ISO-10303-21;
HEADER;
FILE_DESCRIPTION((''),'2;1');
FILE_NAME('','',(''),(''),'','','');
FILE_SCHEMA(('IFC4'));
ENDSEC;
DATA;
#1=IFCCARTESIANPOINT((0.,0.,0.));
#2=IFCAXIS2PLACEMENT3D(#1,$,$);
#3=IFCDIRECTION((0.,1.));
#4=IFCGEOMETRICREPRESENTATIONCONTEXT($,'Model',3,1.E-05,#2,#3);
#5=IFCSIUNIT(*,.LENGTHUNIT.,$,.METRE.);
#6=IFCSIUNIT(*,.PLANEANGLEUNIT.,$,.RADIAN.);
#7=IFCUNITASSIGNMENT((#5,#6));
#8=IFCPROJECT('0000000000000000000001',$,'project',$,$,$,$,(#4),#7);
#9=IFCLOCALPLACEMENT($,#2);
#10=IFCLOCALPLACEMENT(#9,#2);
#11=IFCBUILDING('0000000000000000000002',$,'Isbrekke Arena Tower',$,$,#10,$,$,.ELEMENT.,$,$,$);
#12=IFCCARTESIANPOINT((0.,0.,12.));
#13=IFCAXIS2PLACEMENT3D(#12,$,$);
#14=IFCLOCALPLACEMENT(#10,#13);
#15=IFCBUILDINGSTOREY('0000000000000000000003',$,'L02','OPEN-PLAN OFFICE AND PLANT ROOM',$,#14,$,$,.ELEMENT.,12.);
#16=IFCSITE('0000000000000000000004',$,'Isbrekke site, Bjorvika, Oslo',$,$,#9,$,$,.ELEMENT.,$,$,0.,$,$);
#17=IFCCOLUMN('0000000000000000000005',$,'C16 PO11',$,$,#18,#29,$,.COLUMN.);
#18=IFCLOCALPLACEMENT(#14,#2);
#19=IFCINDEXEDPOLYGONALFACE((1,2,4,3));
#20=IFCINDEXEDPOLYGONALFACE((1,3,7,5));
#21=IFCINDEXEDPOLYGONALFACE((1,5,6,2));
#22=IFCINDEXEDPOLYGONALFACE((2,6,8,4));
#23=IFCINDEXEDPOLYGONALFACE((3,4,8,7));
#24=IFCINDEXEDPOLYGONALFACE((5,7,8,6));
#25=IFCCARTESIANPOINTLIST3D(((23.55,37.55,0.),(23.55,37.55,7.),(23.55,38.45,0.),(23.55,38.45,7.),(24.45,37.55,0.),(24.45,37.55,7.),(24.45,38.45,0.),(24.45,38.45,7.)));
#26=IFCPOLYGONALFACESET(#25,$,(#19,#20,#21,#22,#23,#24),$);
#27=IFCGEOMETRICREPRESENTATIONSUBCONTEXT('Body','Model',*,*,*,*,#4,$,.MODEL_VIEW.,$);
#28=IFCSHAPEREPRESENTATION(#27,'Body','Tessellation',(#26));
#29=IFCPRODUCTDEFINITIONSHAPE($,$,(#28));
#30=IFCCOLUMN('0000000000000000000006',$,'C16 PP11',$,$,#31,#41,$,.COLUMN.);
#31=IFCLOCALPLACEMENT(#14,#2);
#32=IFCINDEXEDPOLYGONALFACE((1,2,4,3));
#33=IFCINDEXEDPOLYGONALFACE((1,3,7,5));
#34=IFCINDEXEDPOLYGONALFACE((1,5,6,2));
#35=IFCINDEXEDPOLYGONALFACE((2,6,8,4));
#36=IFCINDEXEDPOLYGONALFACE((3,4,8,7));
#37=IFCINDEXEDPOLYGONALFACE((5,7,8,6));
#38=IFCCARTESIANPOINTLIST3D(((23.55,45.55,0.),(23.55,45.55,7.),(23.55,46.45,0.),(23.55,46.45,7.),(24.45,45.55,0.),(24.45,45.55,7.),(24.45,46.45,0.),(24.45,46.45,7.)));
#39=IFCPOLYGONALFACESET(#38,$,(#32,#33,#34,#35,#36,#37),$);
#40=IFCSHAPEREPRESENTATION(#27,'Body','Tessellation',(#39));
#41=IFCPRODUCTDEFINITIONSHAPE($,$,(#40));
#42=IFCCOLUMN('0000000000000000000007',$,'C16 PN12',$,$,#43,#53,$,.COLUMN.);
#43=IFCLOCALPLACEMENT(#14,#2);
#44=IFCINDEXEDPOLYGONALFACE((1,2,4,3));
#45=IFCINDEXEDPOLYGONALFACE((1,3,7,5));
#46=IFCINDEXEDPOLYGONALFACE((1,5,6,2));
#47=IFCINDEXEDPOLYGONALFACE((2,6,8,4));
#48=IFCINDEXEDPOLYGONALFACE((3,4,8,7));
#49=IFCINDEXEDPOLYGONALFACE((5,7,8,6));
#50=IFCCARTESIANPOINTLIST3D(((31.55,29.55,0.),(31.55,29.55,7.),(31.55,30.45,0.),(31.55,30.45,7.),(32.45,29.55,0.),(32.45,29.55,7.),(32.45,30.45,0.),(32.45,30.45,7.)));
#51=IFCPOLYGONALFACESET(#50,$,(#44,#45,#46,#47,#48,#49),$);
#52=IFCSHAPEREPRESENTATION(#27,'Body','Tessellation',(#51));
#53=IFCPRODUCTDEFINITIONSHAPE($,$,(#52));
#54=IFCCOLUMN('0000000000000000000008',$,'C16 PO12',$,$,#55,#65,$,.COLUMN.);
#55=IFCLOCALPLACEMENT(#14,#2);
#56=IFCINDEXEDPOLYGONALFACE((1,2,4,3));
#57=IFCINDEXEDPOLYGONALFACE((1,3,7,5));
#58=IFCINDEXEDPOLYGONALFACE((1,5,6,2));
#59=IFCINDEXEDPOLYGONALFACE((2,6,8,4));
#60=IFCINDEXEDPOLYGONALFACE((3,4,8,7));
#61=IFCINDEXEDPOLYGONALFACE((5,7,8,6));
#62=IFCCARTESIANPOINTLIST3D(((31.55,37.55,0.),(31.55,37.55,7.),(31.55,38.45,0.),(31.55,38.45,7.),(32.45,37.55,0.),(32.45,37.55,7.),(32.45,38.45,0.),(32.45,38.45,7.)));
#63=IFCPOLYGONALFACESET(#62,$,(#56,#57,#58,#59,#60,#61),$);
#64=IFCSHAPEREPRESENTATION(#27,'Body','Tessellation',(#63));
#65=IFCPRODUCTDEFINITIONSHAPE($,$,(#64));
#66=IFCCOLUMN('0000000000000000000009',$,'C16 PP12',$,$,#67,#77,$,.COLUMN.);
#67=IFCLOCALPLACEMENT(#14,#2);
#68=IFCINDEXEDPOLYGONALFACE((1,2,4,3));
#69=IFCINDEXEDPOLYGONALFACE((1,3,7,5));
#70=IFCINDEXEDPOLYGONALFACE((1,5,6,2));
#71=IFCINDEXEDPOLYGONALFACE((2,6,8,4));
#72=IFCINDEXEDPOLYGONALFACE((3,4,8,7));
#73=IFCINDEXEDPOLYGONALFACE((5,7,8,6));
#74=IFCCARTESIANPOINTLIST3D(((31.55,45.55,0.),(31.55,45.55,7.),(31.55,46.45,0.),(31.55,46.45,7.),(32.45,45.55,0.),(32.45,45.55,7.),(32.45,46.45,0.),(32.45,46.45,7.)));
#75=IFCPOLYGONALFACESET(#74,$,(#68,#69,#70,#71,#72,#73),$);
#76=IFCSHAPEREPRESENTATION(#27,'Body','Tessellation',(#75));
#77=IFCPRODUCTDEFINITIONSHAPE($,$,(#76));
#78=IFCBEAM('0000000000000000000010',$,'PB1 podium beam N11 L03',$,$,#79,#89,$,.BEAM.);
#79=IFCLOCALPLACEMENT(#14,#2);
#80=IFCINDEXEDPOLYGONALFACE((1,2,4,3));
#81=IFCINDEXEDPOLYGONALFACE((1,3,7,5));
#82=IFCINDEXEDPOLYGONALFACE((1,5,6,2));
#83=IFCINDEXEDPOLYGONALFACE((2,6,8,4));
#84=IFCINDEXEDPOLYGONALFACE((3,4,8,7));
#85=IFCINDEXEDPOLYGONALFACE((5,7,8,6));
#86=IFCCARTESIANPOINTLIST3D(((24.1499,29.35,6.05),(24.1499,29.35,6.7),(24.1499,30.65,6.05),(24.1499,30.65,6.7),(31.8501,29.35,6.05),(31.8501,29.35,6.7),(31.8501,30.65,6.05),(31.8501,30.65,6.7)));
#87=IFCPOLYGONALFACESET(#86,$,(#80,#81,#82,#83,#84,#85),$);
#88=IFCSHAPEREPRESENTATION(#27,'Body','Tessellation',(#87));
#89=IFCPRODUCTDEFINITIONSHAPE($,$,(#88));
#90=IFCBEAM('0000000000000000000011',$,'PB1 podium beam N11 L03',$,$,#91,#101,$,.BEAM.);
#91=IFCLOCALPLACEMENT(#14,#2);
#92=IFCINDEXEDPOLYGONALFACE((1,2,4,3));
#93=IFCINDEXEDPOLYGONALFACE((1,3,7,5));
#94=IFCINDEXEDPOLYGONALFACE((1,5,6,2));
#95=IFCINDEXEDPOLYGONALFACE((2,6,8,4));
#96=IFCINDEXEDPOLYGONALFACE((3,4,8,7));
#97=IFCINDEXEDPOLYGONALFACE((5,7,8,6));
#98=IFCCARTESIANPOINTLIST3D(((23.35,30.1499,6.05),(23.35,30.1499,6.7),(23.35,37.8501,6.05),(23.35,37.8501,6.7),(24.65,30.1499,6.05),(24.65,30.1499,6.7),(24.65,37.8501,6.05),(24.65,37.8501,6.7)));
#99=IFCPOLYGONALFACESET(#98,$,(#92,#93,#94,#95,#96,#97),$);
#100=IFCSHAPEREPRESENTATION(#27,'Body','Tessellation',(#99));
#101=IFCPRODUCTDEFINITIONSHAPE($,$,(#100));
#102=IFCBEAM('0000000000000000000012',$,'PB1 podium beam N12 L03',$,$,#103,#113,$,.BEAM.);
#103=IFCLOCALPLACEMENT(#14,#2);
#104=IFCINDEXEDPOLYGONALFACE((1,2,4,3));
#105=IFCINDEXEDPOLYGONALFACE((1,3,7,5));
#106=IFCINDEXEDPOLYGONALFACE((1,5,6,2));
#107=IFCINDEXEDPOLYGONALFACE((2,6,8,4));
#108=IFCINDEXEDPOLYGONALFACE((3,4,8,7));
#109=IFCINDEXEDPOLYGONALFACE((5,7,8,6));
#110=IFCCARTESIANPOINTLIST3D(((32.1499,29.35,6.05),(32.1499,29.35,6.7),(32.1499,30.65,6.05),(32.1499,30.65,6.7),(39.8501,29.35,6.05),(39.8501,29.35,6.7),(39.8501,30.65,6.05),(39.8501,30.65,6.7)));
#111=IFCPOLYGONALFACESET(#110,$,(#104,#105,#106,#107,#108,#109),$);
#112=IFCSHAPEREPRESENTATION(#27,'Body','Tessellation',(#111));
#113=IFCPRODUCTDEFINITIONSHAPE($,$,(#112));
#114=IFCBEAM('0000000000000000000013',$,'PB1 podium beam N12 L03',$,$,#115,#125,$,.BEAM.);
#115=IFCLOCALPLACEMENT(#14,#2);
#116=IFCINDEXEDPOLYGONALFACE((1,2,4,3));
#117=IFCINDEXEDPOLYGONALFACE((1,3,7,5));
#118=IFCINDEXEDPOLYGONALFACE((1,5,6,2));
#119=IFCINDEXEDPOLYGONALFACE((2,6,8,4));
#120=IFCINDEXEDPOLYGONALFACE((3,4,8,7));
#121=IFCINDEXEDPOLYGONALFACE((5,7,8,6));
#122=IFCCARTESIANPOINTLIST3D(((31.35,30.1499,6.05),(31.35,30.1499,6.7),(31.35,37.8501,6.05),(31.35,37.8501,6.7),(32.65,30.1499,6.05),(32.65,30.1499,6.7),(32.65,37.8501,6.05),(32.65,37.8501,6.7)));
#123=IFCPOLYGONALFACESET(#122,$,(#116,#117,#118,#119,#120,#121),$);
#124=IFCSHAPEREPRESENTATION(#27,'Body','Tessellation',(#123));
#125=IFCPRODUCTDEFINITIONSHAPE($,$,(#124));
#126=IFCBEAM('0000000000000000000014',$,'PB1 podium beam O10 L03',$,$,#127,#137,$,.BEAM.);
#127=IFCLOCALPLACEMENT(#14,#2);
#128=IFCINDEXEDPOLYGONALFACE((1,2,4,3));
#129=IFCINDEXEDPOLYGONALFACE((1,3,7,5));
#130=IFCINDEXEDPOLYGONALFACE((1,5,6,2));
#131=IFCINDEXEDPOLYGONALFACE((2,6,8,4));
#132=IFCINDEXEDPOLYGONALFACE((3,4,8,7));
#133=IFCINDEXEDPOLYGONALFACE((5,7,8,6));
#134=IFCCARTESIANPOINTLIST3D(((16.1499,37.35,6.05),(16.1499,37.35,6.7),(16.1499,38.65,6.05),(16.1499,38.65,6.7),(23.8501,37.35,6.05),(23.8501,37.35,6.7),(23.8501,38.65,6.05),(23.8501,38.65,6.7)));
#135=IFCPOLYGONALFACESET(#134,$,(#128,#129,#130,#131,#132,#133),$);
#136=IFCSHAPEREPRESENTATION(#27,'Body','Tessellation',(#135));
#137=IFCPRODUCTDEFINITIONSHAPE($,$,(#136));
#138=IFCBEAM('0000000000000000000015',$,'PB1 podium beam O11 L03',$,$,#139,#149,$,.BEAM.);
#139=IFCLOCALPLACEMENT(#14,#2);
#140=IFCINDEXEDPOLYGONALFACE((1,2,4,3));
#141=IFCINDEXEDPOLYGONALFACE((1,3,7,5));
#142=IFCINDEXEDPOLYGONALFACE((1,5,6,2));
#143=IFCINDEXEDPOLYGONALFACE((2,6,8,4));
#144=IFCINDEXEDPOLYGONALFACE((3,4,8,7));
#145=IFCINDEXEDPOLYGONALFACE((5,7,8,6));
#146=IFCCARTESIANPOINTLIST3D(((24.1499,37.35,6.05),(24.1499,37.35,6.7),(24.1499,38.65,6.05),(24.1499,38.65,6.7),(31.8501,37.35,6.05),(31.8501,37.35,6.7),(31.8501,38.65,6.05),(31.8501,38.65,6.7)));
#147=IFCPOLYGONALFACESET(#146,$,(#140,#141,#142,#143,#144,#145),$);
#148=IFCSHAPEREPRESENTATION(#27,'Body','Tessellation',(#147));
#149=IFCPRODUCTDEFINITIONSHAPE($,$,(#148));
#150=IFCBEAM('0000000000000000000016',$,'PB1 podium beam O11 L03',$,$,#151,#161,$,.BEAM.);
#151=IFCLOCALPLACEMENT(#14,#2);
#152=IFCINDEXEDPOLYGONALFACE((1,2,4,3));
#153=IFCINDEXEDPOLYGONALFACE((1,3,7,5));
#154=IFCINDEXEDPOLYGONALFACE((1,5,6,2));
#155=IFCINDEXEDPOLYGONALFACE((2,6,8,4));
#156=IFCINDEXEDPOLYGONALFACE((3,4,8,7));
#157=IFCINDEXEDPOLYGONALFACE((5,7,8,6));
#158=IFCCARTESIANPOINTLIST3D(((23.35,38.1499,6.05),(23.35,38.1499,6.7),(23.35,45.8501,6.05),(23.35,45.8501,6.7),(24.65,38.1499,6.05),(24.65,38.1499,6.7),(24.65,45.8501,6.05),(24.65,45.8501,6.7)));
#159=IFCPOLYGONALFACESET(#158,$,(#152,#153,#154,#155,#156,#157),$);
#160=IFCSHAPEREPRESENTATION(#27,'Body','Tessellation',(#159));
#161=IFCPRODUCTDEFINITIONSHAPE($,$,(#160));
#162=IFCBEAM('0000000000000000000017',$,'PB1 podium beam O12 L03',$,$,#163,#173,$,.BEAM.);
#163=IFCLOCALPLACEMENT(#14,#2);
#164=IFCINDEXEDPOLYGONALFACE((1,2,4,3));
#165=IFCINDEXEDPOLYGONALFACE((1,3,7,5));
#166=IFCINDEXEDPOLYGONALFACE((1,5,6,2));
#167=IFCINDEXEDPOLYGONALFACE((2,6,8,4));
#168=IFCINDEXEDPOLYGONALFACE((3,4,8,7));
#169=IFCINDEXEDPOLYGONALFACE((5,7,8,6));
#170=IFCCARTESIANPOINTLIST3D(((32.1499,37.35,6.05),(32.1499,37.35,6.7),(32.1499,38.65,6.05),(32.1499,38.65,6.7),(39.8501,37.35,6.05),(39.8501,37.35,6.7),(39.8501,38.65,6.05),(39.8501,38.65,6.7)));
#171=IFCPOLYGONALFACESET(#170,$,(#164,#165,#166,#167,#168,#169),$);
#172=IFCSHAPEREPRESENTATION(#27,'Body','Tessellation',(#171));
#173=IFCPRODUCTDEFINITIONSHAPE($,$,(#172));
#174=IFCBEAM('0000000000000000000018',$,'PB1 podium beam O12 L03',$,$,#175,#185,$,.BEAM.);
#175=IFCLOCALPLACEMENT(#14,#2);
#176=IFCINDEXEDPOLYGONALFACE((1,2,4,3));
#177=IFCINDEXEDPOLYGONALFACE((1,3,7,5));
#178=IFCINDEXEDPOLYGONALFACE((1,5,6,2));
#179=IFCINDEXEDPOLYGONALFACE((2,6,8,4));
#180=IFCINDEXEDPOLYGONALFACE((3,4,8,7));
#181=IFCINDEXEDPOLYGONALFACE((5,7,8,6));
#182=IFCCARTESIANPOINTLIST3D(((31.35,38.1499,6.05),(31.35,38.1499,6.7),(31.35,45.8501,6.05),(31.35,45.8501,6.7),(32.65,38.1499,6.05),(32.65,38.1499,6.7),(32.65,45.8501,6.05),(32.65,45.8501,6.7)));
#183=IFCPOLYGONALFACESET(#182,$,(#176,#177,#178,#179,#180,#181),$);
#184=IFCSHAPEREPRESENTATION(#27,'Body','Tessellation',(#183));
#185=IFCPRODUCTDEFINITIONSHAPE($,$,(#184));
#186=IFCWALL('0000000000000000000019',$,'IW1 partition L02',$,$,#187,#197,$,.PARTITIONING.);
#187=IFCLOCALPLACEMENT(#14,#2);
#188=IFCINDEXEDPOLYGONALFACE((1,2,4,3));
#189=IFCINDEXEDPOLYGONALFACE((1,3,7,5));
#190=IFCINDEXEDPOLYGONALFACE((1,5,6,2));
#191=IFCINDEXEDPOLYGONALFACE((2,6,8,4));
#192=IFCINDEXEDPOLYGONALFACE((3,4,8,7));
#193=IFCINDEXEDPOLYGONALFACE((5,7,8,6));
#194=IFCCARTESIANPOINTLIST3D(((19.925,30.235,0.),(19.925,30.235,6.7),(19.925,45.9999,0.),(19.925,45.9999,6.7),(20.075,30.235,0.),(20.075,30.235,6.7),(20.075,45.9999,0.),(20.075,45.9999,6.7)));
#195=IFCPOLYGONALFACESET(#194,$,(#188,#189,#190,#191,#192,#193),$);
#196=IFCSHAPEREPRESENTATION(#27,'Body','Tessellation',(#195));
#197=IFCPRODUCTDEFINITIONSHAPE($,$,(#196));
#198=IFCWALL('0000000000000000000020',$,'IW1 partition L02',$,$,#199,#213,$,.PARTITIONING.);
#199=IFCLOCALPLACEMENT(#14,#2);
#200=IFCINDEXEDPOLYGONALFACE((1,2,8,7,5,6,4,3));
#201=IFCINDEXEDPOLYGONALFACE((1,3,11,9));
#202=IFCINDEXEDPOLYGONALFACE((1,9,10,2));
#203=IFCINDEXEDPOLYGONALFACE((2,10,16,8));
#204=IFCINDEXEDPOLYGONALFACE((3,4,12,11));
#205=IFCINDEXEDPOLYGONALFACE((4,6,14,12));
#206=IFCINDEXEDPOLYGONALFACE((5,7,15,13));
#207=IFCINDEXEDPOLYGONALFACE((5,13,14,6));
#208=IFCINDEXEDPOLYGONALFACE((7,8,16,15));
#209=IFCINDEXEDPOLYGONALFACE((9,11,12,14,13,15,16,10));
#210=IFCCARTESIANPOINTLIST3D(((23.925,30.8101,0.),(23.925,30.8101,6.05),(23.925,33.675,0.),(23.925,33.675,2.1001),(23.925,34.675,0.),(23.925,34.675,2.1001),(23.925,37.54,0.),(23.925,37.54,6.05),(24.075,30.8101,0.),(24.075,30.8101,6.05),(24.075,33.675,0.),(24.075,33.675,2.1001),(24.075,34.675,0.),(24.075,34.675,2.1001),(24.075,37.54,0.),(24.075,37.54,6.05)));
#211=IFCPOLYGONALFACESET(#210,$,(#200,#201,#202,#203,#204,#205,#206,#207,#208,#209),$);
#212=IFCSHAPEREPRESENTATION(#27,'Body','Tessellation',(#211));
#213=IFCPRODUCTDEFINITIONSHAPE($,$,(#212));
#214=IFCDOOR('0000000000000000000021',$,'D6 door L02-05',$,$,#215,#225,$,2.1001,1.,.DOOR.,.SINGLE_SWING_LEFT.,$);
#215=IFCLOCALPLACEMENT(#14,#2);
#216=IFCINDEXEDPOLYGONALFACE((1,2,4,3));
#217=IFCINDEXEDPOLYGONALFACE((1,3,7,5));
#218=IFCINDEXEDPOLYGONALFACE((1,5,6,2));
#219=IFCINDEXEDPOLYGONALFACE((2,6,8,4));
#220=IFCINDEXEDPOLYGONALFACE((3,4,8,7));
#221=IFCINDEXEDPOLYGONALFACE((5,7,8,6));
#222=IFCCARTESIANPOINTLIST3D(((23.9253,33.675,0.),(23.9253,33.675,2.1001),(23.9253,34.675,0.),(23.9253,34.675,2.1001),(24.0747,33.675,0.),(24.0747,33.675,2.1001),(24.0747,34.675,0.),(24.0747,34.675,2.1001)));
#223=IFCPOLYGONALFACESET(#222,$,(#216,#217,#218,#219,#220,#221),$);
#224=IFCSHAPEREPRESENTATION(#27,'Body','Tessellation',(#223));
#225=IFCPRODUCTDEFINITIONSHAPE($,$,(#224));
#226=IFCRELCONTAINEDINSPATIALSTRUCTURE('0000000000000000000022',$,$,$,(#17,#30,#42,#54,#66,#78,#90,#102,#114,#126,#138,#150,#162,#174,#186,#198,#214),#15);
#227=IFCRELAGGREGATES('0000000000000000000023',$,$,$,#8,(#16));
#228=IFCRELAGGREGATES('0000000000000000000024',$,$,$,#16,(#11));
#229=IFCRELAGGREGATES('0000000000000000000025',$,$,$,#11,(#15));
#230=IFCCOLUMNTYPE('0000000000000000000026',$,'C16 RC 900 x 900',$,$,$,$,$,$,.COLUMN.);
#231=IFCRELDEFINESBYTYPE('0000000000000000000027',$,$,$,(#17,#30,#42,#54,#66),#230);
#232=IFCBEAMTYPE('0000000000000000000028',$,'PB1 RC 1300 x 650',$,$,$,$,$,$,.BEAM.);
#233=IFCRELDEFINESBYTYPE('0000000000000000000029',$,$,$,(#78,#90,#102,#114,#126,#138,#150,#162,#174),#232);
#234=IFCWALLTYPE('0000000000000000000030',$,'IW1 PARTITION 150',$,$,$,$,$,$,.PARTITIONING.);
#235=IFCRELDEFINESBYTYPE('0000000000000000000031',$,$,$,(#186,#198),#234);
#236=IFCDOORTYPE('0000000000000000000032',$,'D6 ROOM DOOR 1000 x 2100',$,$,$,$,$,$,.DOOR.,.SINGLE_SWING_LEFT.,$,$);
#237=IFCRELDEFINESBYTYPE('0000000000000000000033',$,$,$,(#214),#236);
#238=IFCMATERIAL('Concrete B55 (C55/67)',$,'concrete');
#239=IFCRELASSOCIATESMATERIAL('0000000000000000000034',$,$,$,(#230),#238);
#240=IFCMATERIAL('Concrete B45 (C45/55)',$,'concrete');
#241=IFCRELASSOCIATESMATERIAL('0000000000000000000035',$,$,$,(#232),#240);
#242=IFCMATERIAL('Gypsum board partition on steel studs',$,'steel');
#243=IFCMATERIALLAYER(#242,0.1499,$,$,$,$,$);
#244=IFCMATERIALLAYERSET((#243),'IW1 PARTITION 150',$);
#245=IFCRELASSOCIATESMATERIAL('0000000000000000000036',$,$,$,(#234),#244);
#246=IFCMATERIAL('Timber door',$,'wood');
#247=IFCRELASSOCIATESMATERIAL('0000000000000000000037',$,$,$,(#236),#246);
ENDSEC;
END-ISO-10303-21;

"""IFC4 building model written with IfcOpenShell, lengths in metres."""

from ifc_helpers import new_model, si_unit, direction, frame, frame_2d, origin, origin_2d, place, context, subcontext, project, spatial, rectangle, extrude, material, layer, layer_set, material_profile, profile_set, type_object, element, fill, save


model = new_model("IFC4")

# Units and contexts
model_context = context("Model", 3, precision=1e-05, world=origin(), true_north=direction((0.0, 1.0)))
body_context = subcontext(model_context, "Body", "Model", "MODEL_VIEW")
ifc_project = project(units=[si_unit("LENGTHUNIT", "METRE"), si_unit("PLANEANGLEUNIT", "RADIAN")], contexts=[model_context])

# Site, building, storey
site_placement = place(None, origin())
site = spatial("IfcSite", under=ifc_project, at=site_placement, Name="Isbrekke site, Bjorvika, Oslo", CompositionType="ELEMENT", RefElevation=0.0)
building_placement = place(site_placement, origin())
building = spatial("IfcBuilding", under=site, at=building_placement, Name="Isbrekke Arena Tower", CompositionType="ELEMENT")
storey_placement = place(building_placement, frame((0.0, 0.0, 12.0)))
storey = spatial("IfcBuildingStorey", under=building, at=storey_placement, Name="L02", Description="OPEN-PLAN OFFICE AND PLANT ROOM", CompositionType="ELEMENT", Elevation=12.0)

# Columns
ifc_material_1 = material(Name="Concrete B55 (C55/67)", Category="concrete")
ifc_material_profile_1 = material_profile(ifc_material_1, rectangle(XDim=0.8999, YDim=0.8999, at=origin_2d()), Name="RC 900x900")
ifc_profile_set_1 = profile_set([ifc_material_profile_1], Name="Concrete B55 (C55/67)")
column_type = type_object("IfcColumnType", Name="C16 RC 900 x 900", PredefinedType="COLUMN", material=ifc_profile_set_1)
for number, where, z_axis, x_axis, name in (
    (1, (24.0, 38.0, 0.0), (0.0, 0.0, 1.0), (1.0, 0.0, 0.0), "C16 PO11"),
    (2, (24.0, 46.0, 0.0), (0.0, 0.0, 1.0), (1.0, 0.0, 0.0), "C16 PP11"),
    (3, (32.0, 30.0, 0.0), (0.0, 0.0, 1.0), (1.0, 0.0, 0.0), "C16 PN12"),
    (4, (32.0, 38.0, 0.0), (0.0, 0.0, 1.0), (1.0, 0.0, 0.0), "C16 PO12"),
    (5, (32.0, 46.0, 0.0), (0.0, 0.0, 1.0), (1.0, 0.0, 0.0), "C16 PP12"),
):
    element("IfcColumn", number, at=place(storey_placement, frame(where, z_axis=z_axis, x_axis=x_axis)), inside=storey, type_object=column_type, Name=name, PredefinedType="COLUMN", context=body_context, shape_type="SweptSolid", body=[
        extrude(rectangle(XDim=0.8999, YDim=0.8999, at=origin_2d()), origin(), (0.0, 0.0, 1.0), 7.0),
    ])

# Beams
ifc_material_2 = material(Name="Concrete B45 (C45/55)", Category="concrete")
ifc_material_profile_2 = material_profile(ifc_material_2, rectangle(XDim=1.3, YDim=0.6499, at=origin_2d()), Name="RC 1300x650")
ifc_profile_set_2 = profile_set([ifc_material_profile_2], Name="Concrete B45 (C45/55)")
beam_type = type_object("IfcBeamType", Name="PB1 RC 1300 x 650", PredefinedType="BEAM", material=ifc_profile_set_2)
for number, where, z_axis, x_axis, name in (
    (6, (24.1499, 30.0, 6.375), (1.0, 0.0, 0.0), (0.0, 1.0, 0.0), "PB1 podium beam N11 L03"),
    (7, (24.0, 30.1499, 6.375), (0.0, 1.0, 0.0), (-1.0, 0.0, 0.0), "PB1 podium beam N11 L03"),
    (8, (32.1499, 30.0, 6.375), (1.0, 0.0, 0.0), (0.0, 1.0, 0.0), "PB1 podium beam N12 L03"),
    (9, (32.0, 30.1499, 6.375), (0.0, 1.0, 0.0), (-1.0, 0.0, 0.0), "PB1 podium beam N12 L03"),
    (10, (16.1499, 38.0, 6.375), (1.0, 0.0, 0.0), (0.0, 1.0, 0.0), "PB1 podium beam O10 L03"),
    (11, (24.1499, 38.0, 6.375), (1.0, 0.0, 0.0), (0.0, 1.0, 0.0), "PB1 podium beam O11 L03"),
    (12, (24.0, 38.1499, 6.375), (0.0, 1.0, 0.0), (-1.0, 0.0, 0.0), "PB1 podium beam O11 L03"),
    (13, (32.1499, 38.0, 6.375), (1.0, 0.0, 0.0), (0.0, 1.0, 0.0), "PB1 podium beam O12 L03"),
    (14, (32.0, 38.1499, 6.375), (0.0, 1.0, 0.0), (-1.0, 0.0, 0.0), "PB1 podium beam O12 L03"),
):
    element("IfcBeam", number, at=place(storey_placement, frame(where, z_axis=z_axis, x_axis=x_axis)), inside=storey, type_object=beam_type, Name=name, PredefinedType="BEAM", context=body_context, shape_type="SweptSolid", body=[
        extrude(rectangle(XDim=1.3, YDim=0.6499, at=origin_2d()), origin(), (0.0, 0.0, 1.0), 7.7002),
    ])

# Wall
ifc_material_3 = material(Name="Gypsum board partition on steel studs", Category="steel")
ifc_layer = layer(ifc_material_3, 0.1499)
ifc_layer_set = layer_set([ifc_layer], Name="IW1 PARTITION 150")
wall_type = type_object("IfcWallType", Name="IW1 PARTITION 150", PredefinedType="PARTITIONING", material=ifc_layer_set)
wall_1_placement = place(storey_placement, frame((20.0, 30.2351, 0.0), z_axis=(0.0, 0.0, 1.0), x_axis=(0.0, 1.0, 0.0)))
element("IfcWall", 15, at=wall_1_placement, inside=storey, type_object=wall_type, Name="IW1 partition L02", PredefinedType="PARTITIONING", context=body_context, shape_type="SweptSolid", body=[
    extrude(rectangle(XDim=15.7649, YDim=0.1499, at=frame_2d((7.8823, 0.0))), origin(), (0.0, 0.0, 1.0), 6.7),
])

# Wall, opening, door
wall_2_placement = place(storey_placement, frame((24.0, 30.8101, 0.0), z_axis=(0.0, 0.0, 1.0), x_axis=(0.0, 1.0, 0.0)))
wall_2 = element("IfcWall", 16, at=wall_2_placement, inside=storey, type_object=wall_type, Name="IW1 partition L02", PredefinedType="PARTITIONING", context=body_context, shape_type="SweptSolid", body=[
    extrude(rectangle(XDim=6.73, YDim=0.1499, at=frame_2d((3.365, 0.0))), origin(), (0.0, 0.0, 1.0), 6.05),
])
opening_placement = place(wall_2_placement, frame((2.865, 0.0, 0.0)))
opening = element("IfcOpeningElement", 17, at=opening_placement, cuts=wall_2, PredefinedType="OPENING", context=body_context, shape_type="SweptSolid", body=[
    extrude(rectangle(XDim=1.0, YDim=2.1001, at=frame_2d((0.5, 1.05))), frame((0.0, 0.0898, 0.0), z_axis=(0.0, -1.0, 0.0), x_axis=(1.0, 0.0, 0.0)), (0.0, 0.0, 1.0), 0.1797),
])
ifc_material_4 = material(Name="Timber door", Category="wood")
door_type = type_object("IfcDoorType", Name="D6 ROOM DOOR 1000 x 2100", OperationType="SINGLE_SWING_LEFT", PredefinedType="DOOR", material=ifc_material_4)
door_placement = place(opening_placement, origin())
door = element("IfcDoor", 18, at=door_placement, inside=storey, type_object=door_type, Name="D6 door L02-05", OperationType="SINGLE_SWING_LEFT", OverallHeight=2.1001, OverallWidth=1.0, PredefinedType="DOOR", context=body_context, shape_type="SweptSolid", body=[
    extrude(rectangle(XDim=1.0, YDim=2.1001, at=frame_2d((0.5, 1.05))), frame((0.0, 0.0747, 0.0), z_axis=(0.0, -1.0, 0.0), x_axis=(1.0, 0.0, 0.0)), (0.0, 0.0, 1.0), 0.1494),
])
fill(opening, door)

save(model, "model.ifc")
